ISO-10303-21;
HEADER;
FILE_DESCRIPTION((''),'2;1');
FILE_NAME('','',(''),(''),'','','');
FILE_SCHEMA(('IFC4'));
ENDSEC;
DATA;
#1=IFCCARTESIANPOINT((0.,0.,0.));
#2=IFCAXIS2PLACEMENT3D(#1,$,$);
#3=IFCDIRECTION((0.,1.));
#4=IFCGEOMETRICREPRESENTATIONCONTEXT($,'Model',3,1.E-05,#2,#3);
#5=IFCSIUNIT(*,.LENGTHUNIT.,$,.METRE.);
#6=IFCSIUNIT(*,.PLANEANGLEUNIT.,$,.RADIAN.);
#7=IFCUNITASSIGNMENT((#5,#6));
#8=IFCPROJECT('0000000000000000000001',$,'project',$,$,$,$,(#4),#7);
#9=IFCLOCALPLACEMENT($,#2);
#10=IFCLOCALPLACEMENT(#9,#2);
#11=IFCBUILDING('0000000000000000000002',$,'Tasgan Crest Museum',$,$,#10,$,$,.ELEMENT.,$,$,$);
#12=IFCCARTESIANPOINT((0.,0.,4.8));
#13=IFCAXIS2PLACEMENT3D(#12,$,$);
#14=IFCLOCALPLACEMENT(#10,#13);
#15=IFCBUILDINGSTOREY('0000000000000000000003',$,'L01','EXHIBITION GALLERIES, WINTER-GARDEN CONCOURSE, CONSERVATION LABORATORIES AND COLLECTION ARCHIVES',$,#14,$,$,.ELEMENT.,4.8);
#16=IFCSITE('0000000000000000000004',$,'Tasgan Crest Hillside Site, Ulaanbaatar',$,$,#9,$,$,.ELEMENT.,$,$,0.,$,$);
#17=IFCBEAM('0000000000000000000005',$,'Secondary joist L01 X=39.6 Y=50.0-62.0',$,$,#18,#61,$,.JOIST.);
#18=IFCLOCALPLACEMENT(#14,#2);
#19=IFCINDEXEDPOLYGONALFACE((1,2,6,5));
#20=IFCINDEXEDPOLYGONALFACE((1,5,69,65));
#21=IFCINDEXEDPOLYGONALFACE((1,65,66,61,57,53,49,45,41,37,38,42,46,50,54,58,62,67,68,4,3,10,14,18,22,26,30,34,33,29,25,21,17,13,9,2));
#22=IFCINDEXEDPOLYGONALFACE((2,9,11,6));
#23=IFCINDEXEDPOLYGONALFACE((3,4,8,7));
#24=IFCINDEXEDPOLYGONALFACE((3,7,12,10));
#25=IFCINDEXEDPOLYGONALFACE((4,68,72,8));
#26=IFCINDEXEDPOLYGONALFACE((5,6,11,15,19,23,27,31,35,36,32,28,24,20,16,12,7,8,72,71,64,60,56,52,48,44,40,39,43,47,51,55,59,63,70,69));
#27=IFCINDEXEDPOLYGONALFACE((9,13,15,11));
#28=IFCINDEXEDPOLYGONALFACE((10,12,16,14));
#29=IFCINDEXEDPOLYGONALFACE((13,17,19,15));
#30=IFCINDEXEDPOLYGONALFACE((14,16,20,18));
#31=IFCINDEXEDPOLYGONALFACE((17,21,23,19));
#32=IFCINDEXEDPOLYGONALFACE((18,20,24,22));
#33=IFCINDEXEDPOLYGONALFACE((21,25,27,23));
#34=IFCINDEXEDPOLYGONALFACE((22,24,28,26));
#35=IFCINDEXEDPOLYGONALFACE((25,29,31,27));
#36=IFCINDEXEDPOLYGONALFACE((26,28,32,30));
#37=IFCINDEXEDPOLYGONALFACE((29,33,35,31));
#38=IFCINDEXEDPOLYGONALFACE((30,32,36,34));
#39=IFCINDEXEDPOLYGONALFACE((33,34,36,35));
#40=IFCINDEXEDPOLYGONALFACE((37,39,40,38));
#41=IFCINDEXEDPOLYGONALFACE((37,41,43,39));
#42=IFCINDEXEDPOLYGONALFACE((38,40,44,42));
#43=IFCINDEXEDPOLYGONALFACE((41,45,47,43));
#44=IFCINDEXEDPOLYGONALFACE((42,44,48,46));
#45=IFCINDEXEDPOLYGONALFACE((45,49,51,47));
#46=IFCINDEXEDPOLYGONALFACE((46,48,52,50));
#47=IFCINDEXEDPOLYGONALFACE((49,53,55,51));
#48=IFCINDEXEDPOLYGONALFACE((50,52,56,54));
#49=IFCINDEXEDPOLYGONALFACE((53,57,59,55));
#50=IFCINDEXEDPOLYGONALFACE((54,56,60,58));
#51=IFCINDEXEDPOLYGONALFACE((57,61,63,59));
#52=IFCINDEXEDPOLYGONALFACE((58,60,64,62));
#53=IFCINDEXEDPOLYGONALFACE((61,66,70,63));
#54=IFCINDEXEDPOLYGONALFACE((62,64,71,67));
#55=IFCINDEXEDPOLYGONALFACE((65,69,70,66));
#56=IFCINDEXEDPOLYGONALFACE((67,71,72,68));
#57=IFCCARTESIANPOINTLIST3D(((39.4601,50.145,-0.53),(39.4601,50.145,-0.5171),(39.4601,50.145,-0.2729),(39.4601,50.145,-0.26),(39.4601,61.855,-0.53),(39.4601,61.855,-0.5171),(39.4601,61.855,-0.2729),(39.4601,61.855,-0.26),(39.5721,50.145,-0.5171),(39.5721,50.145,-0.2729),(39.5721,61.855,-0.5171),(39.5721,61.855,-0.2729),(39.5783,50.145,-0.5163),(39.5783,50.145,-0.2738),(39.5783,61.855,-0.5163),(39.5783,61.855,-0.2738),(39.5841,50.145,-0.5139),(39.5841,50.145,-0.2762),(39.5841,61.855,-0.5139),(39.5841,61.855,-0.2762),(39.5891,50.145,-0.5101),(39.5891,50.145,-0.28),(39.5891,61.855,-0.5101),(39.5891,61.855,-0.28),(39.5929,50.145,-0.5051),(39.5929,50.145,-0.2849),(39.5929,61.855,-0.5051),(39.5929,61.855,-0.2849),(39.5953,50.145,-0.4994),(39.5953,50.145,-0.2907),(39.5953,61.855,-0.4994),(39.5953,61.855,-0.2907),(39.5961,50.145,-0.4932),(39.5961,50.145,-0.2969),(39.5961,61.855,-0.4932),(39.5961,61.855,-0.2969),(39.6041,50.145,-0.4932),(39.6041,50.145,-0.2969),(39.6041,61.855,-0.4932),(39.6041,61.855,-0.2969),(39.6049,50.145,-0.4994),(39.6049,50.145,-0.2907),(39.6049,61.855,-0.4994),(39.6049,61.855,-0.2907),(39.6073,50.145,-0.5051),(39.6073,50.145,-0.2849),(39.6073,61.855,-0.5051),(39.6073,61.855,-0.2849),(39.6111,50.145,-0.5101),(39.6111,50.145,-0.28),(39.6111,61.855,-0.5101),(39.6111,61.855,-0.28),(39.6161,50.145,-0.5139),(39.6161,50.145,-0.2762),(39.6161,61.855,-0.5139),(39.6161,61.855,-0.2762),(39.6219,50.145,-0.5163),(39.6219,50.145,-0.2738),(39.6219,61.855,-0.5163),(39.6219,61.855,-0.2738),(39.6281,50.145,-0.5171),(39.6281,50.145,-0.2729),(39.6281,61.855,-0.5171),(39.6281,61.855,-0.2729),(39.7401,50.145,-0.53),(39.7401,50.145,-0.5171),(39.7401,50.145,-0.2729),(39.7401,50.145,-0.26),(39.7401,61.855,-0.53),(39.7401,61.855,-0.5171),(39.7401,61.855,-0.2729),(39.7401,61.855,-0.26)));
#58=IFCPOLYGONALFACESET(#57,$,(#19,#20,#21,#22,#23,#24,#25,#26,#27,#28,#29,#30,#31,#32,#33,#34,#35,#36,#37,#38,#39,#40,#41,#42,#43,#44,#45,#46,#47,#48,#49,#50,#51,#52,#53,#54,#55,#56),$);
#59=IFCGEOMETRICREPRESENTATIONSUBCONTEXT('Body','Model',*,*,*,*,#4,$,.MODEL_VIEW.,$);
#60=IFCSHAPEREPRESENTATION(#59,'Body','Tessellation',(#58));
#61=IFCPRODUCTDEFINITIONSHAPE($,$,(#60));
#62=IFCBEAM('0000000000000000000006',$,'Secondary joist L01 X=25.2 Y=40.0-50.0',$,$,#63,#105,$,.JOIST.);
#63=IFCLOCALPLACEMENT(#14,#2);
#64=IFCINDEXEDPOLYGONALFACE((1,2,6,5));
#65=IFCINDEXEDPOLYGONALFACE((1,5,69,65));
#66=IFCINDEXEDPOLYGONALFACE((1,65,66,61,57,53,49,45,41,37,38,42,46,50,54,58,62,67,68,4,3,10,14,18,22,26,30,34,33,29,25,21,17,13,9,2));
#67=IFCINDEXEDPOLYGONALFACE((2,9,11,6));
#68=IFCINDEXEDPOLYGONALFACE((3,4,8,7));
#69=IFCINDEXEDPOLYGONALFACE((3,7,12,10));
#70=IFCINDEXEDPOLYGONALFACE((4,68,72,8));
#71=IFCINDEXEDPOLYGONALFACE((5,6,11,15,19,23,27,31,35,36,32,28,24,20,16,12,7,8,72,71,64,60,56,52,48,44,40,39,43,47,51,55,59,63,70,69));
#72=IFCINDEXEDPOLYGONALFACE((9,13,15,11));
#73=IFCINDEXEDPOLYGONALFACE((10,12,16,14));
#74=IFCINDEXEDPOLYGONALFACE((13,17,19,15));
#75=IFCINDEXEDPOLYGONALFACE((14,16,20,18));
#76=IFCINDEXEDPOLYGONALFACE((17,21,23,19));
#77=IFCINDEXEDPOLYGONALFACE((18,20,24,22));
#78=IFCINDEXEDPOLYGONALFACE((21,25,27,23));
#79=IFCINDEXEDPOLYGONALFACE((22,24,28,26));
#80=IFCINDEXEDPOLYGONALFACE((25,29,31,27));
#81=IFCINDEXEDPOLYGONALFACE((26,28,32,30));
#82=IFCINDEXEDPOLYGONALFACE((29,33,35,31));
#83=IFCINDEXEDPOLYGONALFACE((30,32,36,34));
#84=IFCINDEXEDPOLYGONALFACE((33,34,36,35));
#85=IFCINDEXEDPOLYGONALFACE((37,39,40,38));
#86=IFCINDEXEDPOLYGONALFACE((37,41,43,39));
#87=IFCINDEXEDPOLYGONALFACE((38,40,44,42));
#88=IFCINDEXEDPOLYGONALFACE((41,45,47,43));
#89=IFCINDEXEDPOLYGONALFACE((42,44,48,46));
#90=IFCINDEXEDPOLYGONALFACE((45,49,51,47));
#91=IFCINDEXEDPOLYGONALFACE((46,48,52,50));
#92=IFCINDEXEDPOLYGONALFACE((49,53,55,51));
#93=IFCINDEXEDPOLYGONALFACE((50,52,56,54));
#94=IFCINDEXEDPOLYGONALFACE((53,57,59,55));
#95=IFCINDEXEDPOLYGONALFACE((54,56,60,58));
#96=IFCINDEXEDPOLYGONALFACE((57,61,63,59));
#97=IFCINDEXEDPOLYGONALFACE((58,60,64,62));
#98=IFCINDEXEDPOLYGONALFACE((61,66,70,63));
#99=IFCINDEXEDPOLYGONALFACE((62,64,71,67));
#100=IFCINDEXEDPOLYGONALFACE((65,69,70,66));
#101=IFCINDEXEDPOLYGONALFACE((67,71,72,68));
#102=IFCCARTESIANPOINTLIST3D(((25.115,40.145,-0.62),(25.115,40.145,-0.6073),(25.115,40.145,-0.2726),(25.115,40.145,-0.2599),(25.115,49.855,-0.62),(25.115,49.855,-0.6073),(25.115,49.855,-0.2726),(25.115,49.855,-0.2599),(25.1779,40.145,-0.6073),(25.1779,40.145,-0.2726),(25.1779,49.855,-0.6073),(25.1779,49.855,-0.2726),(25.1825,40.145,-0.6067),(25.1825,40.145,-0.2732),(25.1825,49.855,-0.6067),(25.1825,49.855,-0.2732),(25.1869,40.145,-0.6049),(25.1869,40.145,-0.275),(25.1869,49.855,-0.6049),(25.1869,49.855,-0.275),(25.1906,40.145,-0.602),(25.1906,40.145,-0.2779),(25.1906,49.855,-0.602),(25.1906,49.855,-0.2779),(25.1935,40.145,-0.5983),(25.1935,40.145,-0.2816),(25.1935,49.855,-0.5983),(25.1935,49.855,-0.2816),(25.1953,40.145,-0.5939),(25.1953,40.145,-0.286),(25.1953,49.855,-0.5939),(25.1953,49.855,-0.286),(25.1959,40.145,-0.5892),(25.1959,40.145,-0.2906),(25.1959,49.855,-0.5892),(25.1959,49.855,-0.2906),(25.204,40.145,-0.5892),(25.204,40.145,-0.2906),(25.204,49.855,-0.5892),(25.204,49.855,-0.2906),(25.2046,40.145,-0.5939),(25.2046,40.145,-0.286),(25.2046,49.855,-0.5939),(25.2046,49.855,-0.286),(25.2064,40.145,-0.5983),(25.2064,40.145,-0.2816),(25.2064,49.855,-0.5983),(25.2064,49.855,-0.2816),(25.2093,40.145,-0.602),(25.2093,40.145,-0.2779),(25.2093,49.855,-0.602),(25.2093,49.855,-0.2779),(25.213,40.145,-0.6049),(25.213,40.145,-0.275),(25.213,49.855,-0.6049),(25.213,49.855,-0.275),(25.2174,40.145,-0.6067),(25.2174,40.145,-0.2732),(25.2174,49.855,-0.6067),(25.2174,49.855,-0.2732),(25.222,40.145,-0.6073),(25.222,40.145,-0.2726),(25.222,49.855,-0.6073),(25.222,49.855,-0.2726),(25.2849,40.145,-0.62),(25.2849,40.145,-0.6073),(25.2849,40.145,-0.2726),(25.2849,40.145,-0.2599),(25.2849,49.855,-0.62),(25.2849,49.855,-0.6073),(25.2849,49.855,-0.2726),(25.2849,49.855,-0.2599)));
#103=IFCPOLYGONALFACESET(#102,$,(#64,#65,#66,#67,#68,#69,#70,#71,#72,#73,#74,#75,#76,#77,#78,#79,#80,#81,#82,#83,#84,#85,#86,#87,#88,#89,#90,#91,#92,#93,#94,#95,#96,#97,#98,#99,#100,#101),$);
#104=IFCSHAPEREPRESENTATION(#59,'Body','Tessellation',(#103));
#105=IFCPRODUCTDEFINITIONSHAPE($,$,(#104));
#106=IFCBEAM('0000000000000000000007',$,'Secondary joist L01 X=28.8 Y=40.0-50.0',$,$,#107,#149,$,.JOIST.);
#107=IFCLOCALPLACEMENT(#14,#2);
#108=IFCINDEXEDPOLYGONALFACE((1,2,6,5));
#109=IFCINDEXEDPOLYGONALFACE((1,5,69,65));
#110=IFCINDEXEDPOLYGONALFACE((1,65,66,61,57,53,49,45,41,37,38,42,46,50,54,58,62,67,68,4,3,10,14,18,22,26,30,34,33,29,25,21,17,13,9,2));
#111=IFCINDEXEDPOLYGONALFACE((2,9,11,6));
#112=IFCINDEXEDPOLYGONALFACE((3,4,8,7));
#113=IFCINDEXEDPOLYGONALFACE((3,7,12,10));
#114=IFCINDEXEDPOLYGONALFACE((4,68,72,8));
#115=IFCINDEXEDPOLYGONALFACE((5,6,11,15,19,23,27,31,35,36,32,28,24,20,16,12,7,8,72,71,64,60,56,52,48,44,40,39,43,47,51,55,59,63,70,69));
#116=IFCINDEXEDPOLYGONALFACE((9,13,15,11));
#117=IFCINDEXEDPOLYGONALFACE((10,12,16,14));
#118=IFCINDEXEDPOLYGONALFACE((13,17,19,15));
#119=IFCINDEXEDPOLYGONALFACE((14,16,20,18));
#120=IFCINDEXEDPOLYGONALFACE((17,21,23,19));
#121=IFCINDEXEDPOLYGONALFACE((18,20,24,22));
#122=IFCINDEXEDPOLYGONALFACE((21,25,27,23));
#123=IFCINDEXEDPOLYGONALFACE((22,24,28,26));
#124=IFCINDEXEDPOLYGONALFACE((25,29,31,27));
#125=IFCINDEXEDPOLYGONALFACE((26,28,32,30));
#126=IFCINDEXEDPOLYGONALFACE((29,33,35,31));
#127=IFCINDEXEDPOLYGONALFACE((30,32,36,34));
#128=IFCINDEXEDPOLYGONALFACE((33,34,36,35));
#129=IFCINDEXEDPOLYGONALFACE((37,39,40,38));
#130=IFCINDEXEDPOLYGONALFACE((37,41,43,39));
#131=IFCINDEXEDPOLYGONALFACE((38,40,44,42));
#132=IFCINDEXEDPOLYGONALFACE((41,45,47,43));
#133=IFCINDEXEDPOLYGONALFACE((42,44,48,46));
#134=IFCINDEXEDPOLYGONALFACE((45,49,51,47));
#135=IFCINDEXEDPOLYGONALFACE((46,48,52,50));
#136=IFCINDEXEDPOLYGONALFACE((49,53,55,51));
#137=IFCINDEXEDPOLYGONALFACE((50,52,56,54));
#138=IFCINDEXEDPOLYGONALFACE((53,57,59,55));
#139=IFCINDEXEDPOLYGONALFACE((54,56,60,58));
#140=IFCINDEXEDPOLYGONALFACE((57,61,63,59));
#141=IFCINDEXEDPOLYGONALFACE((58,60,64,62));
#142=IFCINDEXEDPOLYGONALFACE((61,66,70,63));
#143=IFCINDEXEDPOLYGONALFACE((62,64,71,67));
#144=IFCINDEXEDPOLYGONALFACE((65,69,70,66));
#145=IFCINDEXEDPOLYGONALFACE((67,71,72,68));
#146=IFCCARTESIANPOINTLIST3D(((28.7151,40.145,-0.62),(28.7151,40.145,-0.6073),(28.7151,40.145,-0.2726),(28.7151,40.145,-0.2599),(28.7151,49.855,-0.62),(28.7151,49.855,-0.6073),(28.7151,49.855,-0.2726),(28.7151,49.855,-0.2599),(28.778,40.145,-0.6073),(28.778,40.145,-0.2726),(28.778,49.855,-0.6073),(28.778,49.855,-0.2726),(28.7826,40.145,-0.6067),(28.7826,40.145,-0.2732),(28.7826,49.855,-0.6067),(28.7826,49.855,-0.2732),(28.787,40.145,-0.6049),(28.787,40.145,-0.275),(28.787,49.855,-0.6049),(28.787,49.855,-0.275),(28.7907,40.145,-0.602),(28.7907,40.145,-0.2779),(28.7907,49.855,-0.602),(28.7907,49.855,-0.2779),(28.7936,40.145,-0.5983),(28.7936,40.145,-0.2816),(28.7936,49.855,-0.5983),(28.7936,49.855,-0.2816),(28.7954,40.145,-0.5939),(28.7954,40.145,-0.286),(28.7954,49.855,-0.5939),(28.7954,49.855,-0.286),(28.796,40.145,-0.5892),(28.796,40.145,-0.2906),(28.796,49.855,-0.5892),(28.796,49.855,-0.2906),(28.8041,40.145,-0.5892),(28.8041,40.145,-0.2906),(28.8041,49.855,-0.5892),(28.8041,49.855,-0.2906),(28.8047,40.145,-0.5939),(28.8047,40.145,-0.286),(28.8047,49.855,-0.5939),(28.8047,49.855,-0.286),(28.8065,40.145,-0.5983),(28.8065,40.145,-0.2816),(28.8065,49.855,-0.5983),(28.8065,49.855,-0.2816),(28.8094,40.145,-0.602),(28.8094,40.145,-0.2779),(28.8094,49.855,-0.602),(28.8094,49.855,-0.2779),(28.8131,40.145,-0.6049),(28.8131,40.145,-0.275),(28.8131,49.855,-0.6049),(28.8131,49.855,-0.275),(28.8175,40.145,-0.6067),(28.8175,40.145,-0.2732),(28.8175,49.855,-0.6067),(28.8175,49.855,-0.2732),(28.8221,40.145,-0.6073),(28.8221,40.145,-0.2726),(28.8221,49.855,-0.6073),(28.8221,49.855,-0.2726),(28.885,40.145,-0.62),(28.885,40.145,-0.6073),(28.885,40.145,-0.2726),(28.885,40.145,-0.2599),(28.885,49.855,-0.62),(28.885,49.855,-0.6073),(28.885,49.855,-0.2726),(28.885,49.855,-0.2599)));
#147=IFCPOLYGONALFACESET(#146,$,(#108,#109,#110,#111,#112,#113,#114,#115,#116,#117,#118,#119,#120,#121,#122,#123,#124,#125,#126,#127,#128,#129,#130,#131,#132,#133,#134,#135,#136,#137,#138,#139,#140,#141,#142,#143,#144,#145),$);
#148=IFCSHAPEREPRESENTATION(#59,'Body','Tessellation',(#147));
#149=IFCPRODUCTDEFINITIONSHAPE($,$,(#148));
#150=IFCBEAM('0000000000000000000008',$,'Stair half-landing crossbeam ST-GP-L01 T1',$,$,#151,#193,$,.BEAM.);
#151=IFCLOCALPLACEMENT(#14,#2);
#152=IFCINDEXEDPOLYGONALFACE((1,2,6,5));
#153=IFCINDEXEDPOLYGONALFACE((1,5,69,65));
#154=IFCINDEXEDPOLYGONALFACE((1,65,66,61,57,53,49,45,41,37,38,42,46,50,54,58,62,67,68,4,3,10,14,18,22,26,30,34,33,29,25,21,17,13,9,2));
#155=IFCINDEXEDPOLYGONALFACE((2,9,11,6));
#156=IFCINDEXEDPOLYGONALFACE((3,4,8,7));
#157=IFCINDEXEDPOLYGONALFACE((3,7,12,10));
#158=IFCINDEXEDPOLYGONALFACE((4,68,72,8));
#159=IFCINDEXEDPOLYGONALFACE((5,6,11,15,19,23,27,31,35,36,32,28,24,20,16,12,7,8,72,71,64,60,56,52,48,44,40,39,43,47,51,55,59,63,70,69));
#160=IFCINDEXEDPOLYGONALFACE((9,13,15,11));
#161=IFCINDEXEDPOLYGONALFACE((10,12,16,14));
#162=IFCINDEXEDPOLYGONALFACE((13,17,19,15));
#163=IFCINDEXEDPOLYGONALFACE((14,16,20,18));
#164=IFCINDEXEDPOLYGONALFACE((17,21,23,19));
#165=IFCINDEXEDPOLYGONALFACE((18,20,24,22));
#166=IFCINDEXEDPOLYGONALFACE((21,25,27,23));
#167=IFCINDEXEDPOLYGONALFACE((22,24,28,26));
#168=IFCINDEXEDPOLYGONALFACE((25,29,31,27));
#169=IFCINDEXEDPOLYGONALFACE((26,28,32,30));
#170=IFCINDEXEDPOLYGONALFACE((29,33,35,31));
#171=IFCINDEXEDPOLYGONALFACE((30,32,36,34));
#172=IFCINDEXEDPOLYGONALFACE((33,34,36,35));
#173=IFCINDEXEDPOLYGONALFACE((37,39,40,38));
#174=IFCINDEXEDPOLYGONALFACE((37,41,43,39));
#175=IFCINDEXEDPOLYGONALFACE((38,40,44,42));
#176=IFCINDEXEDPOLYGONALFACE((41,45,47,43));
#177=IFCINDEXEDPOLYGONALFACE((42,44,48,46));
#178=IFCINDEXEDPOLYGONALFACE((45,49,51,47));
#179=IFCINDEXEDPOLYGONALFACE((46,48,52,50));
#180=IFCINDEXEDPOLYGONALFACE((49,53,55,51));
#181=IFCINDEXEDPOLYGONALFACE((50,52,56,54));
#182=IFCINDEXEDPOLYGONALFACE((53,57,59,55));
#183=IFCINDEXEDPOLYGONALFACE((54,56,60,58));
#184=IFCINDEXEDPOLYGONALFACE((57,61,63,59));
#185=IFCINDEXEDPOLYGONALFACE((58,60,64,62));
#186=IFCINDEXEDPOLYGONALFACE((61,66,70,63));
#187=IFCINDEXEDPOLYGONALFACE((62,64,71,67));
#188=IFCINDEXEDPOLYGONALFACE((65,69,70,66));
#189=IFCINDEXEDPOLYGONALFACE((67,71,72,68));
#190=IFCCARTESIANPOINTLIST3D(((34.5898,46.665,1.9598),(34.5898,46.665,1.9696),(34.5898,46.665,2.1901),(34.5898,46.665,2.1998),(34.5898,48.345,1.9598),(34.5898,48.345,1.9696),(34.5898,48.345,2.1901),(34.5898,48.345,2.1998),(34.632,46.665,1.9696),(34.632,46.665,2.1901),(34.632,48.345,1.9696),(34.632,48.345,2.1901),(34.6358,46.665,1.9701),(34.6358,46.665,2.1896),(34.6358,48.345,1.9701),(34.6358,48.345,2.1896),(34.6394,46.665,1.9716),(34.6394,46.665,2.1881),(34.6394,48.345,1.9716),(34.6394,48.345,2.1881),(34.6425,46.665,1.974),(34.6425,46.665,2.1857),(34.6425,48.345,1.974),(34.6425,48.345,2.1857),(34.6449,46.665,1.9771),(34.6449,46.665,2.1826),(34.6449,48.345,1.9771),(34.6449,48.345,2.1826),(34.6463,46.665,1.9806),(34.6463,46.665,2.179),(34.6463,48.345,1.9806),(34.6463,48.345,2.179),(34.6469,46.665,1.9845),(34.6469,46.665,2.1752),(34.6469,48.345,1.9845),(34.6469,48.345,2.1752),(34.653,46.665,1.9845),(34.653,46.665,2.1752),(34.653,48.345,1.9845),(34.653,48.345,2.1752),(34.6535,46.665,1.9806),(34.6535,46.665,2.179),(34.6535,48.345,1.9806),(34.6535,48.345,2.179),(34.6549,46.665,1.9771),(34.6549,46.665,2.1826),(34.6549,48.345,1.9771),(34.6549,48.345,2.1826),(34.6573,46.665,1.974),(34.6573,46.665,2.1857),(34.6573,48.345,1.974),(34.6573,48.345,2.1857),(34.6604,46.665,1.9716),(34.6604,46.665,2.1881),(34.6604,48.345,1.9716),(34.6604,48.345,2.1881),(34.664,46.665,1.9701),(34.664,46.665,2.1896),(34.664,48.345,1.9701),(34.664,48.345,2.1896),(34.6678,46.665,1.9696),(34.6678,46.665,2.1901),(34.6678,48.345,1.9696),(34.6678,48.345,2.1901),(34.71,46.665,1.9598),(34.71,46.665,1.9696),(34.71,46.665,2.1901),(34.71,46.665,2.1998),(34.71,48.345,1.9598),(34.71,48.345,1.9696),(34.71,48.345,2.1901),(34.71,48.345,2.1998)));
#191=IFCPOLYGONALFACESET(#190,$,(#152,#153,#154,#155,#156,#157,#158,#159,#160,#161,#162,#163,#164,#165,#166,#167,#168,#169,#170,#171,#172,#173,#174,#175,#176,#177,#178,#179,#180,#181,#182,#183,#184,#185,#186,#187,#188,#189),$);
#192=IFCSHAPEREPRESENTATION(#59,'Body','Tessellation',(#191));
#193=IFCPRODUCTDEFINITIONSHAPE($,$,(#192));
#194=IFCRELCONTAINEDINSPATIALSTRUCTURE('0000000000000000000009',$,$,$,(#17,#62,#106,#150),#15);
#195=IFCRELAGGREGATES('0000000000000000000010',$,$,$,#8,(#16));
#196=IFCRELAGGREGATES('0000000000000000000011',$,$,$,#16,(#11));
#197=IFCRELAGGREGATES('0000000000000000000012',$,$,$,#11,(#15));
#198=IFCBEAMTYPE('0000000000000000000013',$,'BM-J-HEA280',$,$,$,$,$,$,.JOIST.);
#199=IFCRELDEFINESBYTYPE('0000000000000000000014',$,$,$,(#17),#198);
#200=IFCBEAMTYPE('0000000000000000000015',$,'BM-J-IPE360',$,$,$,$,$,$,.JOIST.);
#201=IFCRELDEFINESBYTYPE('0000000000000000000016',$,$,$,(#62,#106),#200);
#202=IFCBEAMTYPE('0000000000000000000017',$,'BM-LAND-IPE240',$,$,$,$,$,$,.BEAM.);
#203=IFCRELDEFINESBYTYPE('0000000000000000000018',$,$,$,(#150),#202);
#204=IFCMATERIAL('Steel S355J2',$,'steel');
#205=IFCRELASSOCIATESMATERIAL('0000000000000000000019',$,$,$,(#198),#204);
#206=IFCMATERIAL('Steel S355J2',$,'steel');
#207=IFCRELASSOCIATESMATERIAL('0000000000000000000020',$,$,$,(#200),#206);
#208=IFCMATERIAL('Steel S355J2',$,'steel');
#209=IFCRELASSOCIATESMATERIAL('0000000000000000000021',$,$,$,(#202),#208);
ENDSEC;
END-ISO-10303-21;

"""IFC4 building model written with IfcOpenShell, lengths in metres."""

from ifc_helpers import new_model, si_unit, direction, frame, origin, origin_2d, place, context, subcontext, project, spatial, i_section, extrude, material, material_profile, profile_set, type_object, element, save


model = new_model("IFC4")

# Units and contexts
model_context = context("Model", 3, precision=1e-05, world=origin(), true_north=direction((0.0, 1.0)))
body_context = subcontext(model_context, "Body", "Model", "MODEL_VIEW")
ifc_project = project(units=[si_unit("LENGTHUNIT", "METRE"), si_unit("PLANEANGLEUNIT", "RADIAN")], contexts=[model_context])

# Site, building, storey
site_placement = place(None, origin())
site = spatial("IfcSite", under=ifc_project, at=site_placement, Name="Tasgan Crest Hillside Site, Ulaanbaatar", CompositionType="ELEMENT", RefElevation=0.0)
building_placement = place(site_placement, origin())
building = spatial("IfcBuilding", under=site, at=building_placement, Name="Tasgan Crest Museum", CompositionType="ELEMENT")
storey_placement = place(building_placement, frame((0.0, 0.0, 4.8)))
storey = spatial("IfcBuildingStorey", under=building, at=storey_placement, Name="L01", Description="EXHIBITION GALLERIES, WINTER-GARDEN CONCOURSE, CONSERVATION LABORATORIES AND COLLECTION ARCHIVES", CompositionType="ELEMENT", Elevation=4.8)

# Beams
ifc_material_1 = material(Name="Steel S355J2", Category="steel")
ifc_material_profile_1 = material_profile(ifc_material_1, i_section(OverallWidth=0.28, OverallDepth=0.27, WebThickness=0.0081, FlangeThickness=0.0129, FilletRadius=0.0239, at=origin_2d()), Name="HEA 280")
ifc_profile_set_1 = profile_set([ifc_material_profile_1], Name="Steel S355J2")
beam_type_1 = type_object("IfcBeamType", Name="BM-J-HEA280", PredefinedType="JOIST", material=ifc_profile_set_1)
for number, where, z_axis, x_axis, name in (
    (1, (39.6001, 50.145, -0.395), (0.0, 1.0, 0.0), (-1.0, 0.0, 0.0), "Secondary joist L01 X=39.6 Y=50.0-62.0"),
):
    element("IfcBeam", number, at=place(storey_placement, frame(where, z_axis=z_axis, x_axis=x_axis)), inside=storey, type_object=beam_type_1, Name=name, PredefinedType="JOIST", context=body_context, shape_type="SweptSolid", body=[
        extrude(i_section(OverallWidth=0.28, OverallDepth=0.27, WebThickness=0.0081, FlangeThickness=0.0129, FilletRadius=0.0239, at=origin_2d()), origin(), (0.0, 0.0, 1.0), 11.71),
    ])
ifc_material_2 = material(Name="Steel S355J2", Category="steel")
ifc_material_profile_2 = material_profile(ifc_material_2, i_section(OverallWidth=0.1699, OverallDepth=0.3601, WebThickness=0.0081, FlangeThickness=0.0127, FilletRadius=0.0181, at=origin_2d()), Name="IPE 360")
ifc_profile_set_2 = profile_set([ifc_material_profile_2], Name="Steel S355J2")
beam_type_2 = type_object("IfcBeamType", Name="BM-J-IPE360", PredefinedType="JOIST", material=ifc_profile_set_2)
for number, where, z_axis, x_axis, name in (
    (2, (25.2, 40.145, -0.4399), (0.0, 1.0, 0.0), (-1.0, 0.0, 0.0), "Secondary joist L01 X=25.2 Y=40.0-50.0"),
    (3, (28.8, 40.145, -0.4399), (0.0, 1.0, 0.0), (-1.0, 0.0, 0.0), "Secondary joist L01 X=28.8 Y=40.0-50.0"),
):
    element("IfcBeam", number, at=place(storey_placement, frame(where, z_axis=z_axis, x_axis=x_axis)), inside=storey, type_object=beam_type_2, Name=name, PredefinedType="JOIST", context=body_context, shape_type="SweptSolid", body=[
        extrude(i_section(OverallWidth=0.1699, OverallDepth=0.3601, WebThickness=0.0081, FlangeThickness=0.0127, FilletRadius=0.0181, at=origin_2d()), origin(), (0.0, 0.0, 1.0), 9.71),
    ])
ifc_material_3 = material(Name="Steel S355J2", Category="steel")
ifc_material_profile_3 = material_profile(ifc_material_3, i_section(OverallWidth=0.1201, OverallDepth=0.24, WebThickness=0.0061, FlangeThickness=0.0098, FilletRadius=0.0149, at=origin_2d()), Name="IPE 240")
ifc_profile_set_3 = profile_set([ifc_material_profile_3], Name="Steel S355J2")
beam_type_3 = type_object("IfcBeamType", Name="BM-LAND-IPE240", PredefinedType="BEAM", material=ifc_profile_set_3)
beam_1_placement = place(storey_placement, frame((34.6499, 46.665, 2.0798), z_axis=(0.0, 1.0, 0.0), x_axis=(-1.0, 0.0, 0.0)))
element("IfcBeam", 4, at=beam_1_placement, inside=storey, type_object=beam_type_3, Name="Stair half-landing crossbeam ST-GP-L01 T1", PredefinedType="BEAM", context=body_context, shape_type="SweptSolid", body=[
    extrude(i_section(OverallWidth=0.1201, OverallDepth=0.24, WebThickness=0.0061, FlangeThickness=0.0098, FilletRadius=0.0149, at=origin_2d()), origin(), (0.0, 0.0, 1.0), 1.6799),
])

save(model, "model.ifc")
